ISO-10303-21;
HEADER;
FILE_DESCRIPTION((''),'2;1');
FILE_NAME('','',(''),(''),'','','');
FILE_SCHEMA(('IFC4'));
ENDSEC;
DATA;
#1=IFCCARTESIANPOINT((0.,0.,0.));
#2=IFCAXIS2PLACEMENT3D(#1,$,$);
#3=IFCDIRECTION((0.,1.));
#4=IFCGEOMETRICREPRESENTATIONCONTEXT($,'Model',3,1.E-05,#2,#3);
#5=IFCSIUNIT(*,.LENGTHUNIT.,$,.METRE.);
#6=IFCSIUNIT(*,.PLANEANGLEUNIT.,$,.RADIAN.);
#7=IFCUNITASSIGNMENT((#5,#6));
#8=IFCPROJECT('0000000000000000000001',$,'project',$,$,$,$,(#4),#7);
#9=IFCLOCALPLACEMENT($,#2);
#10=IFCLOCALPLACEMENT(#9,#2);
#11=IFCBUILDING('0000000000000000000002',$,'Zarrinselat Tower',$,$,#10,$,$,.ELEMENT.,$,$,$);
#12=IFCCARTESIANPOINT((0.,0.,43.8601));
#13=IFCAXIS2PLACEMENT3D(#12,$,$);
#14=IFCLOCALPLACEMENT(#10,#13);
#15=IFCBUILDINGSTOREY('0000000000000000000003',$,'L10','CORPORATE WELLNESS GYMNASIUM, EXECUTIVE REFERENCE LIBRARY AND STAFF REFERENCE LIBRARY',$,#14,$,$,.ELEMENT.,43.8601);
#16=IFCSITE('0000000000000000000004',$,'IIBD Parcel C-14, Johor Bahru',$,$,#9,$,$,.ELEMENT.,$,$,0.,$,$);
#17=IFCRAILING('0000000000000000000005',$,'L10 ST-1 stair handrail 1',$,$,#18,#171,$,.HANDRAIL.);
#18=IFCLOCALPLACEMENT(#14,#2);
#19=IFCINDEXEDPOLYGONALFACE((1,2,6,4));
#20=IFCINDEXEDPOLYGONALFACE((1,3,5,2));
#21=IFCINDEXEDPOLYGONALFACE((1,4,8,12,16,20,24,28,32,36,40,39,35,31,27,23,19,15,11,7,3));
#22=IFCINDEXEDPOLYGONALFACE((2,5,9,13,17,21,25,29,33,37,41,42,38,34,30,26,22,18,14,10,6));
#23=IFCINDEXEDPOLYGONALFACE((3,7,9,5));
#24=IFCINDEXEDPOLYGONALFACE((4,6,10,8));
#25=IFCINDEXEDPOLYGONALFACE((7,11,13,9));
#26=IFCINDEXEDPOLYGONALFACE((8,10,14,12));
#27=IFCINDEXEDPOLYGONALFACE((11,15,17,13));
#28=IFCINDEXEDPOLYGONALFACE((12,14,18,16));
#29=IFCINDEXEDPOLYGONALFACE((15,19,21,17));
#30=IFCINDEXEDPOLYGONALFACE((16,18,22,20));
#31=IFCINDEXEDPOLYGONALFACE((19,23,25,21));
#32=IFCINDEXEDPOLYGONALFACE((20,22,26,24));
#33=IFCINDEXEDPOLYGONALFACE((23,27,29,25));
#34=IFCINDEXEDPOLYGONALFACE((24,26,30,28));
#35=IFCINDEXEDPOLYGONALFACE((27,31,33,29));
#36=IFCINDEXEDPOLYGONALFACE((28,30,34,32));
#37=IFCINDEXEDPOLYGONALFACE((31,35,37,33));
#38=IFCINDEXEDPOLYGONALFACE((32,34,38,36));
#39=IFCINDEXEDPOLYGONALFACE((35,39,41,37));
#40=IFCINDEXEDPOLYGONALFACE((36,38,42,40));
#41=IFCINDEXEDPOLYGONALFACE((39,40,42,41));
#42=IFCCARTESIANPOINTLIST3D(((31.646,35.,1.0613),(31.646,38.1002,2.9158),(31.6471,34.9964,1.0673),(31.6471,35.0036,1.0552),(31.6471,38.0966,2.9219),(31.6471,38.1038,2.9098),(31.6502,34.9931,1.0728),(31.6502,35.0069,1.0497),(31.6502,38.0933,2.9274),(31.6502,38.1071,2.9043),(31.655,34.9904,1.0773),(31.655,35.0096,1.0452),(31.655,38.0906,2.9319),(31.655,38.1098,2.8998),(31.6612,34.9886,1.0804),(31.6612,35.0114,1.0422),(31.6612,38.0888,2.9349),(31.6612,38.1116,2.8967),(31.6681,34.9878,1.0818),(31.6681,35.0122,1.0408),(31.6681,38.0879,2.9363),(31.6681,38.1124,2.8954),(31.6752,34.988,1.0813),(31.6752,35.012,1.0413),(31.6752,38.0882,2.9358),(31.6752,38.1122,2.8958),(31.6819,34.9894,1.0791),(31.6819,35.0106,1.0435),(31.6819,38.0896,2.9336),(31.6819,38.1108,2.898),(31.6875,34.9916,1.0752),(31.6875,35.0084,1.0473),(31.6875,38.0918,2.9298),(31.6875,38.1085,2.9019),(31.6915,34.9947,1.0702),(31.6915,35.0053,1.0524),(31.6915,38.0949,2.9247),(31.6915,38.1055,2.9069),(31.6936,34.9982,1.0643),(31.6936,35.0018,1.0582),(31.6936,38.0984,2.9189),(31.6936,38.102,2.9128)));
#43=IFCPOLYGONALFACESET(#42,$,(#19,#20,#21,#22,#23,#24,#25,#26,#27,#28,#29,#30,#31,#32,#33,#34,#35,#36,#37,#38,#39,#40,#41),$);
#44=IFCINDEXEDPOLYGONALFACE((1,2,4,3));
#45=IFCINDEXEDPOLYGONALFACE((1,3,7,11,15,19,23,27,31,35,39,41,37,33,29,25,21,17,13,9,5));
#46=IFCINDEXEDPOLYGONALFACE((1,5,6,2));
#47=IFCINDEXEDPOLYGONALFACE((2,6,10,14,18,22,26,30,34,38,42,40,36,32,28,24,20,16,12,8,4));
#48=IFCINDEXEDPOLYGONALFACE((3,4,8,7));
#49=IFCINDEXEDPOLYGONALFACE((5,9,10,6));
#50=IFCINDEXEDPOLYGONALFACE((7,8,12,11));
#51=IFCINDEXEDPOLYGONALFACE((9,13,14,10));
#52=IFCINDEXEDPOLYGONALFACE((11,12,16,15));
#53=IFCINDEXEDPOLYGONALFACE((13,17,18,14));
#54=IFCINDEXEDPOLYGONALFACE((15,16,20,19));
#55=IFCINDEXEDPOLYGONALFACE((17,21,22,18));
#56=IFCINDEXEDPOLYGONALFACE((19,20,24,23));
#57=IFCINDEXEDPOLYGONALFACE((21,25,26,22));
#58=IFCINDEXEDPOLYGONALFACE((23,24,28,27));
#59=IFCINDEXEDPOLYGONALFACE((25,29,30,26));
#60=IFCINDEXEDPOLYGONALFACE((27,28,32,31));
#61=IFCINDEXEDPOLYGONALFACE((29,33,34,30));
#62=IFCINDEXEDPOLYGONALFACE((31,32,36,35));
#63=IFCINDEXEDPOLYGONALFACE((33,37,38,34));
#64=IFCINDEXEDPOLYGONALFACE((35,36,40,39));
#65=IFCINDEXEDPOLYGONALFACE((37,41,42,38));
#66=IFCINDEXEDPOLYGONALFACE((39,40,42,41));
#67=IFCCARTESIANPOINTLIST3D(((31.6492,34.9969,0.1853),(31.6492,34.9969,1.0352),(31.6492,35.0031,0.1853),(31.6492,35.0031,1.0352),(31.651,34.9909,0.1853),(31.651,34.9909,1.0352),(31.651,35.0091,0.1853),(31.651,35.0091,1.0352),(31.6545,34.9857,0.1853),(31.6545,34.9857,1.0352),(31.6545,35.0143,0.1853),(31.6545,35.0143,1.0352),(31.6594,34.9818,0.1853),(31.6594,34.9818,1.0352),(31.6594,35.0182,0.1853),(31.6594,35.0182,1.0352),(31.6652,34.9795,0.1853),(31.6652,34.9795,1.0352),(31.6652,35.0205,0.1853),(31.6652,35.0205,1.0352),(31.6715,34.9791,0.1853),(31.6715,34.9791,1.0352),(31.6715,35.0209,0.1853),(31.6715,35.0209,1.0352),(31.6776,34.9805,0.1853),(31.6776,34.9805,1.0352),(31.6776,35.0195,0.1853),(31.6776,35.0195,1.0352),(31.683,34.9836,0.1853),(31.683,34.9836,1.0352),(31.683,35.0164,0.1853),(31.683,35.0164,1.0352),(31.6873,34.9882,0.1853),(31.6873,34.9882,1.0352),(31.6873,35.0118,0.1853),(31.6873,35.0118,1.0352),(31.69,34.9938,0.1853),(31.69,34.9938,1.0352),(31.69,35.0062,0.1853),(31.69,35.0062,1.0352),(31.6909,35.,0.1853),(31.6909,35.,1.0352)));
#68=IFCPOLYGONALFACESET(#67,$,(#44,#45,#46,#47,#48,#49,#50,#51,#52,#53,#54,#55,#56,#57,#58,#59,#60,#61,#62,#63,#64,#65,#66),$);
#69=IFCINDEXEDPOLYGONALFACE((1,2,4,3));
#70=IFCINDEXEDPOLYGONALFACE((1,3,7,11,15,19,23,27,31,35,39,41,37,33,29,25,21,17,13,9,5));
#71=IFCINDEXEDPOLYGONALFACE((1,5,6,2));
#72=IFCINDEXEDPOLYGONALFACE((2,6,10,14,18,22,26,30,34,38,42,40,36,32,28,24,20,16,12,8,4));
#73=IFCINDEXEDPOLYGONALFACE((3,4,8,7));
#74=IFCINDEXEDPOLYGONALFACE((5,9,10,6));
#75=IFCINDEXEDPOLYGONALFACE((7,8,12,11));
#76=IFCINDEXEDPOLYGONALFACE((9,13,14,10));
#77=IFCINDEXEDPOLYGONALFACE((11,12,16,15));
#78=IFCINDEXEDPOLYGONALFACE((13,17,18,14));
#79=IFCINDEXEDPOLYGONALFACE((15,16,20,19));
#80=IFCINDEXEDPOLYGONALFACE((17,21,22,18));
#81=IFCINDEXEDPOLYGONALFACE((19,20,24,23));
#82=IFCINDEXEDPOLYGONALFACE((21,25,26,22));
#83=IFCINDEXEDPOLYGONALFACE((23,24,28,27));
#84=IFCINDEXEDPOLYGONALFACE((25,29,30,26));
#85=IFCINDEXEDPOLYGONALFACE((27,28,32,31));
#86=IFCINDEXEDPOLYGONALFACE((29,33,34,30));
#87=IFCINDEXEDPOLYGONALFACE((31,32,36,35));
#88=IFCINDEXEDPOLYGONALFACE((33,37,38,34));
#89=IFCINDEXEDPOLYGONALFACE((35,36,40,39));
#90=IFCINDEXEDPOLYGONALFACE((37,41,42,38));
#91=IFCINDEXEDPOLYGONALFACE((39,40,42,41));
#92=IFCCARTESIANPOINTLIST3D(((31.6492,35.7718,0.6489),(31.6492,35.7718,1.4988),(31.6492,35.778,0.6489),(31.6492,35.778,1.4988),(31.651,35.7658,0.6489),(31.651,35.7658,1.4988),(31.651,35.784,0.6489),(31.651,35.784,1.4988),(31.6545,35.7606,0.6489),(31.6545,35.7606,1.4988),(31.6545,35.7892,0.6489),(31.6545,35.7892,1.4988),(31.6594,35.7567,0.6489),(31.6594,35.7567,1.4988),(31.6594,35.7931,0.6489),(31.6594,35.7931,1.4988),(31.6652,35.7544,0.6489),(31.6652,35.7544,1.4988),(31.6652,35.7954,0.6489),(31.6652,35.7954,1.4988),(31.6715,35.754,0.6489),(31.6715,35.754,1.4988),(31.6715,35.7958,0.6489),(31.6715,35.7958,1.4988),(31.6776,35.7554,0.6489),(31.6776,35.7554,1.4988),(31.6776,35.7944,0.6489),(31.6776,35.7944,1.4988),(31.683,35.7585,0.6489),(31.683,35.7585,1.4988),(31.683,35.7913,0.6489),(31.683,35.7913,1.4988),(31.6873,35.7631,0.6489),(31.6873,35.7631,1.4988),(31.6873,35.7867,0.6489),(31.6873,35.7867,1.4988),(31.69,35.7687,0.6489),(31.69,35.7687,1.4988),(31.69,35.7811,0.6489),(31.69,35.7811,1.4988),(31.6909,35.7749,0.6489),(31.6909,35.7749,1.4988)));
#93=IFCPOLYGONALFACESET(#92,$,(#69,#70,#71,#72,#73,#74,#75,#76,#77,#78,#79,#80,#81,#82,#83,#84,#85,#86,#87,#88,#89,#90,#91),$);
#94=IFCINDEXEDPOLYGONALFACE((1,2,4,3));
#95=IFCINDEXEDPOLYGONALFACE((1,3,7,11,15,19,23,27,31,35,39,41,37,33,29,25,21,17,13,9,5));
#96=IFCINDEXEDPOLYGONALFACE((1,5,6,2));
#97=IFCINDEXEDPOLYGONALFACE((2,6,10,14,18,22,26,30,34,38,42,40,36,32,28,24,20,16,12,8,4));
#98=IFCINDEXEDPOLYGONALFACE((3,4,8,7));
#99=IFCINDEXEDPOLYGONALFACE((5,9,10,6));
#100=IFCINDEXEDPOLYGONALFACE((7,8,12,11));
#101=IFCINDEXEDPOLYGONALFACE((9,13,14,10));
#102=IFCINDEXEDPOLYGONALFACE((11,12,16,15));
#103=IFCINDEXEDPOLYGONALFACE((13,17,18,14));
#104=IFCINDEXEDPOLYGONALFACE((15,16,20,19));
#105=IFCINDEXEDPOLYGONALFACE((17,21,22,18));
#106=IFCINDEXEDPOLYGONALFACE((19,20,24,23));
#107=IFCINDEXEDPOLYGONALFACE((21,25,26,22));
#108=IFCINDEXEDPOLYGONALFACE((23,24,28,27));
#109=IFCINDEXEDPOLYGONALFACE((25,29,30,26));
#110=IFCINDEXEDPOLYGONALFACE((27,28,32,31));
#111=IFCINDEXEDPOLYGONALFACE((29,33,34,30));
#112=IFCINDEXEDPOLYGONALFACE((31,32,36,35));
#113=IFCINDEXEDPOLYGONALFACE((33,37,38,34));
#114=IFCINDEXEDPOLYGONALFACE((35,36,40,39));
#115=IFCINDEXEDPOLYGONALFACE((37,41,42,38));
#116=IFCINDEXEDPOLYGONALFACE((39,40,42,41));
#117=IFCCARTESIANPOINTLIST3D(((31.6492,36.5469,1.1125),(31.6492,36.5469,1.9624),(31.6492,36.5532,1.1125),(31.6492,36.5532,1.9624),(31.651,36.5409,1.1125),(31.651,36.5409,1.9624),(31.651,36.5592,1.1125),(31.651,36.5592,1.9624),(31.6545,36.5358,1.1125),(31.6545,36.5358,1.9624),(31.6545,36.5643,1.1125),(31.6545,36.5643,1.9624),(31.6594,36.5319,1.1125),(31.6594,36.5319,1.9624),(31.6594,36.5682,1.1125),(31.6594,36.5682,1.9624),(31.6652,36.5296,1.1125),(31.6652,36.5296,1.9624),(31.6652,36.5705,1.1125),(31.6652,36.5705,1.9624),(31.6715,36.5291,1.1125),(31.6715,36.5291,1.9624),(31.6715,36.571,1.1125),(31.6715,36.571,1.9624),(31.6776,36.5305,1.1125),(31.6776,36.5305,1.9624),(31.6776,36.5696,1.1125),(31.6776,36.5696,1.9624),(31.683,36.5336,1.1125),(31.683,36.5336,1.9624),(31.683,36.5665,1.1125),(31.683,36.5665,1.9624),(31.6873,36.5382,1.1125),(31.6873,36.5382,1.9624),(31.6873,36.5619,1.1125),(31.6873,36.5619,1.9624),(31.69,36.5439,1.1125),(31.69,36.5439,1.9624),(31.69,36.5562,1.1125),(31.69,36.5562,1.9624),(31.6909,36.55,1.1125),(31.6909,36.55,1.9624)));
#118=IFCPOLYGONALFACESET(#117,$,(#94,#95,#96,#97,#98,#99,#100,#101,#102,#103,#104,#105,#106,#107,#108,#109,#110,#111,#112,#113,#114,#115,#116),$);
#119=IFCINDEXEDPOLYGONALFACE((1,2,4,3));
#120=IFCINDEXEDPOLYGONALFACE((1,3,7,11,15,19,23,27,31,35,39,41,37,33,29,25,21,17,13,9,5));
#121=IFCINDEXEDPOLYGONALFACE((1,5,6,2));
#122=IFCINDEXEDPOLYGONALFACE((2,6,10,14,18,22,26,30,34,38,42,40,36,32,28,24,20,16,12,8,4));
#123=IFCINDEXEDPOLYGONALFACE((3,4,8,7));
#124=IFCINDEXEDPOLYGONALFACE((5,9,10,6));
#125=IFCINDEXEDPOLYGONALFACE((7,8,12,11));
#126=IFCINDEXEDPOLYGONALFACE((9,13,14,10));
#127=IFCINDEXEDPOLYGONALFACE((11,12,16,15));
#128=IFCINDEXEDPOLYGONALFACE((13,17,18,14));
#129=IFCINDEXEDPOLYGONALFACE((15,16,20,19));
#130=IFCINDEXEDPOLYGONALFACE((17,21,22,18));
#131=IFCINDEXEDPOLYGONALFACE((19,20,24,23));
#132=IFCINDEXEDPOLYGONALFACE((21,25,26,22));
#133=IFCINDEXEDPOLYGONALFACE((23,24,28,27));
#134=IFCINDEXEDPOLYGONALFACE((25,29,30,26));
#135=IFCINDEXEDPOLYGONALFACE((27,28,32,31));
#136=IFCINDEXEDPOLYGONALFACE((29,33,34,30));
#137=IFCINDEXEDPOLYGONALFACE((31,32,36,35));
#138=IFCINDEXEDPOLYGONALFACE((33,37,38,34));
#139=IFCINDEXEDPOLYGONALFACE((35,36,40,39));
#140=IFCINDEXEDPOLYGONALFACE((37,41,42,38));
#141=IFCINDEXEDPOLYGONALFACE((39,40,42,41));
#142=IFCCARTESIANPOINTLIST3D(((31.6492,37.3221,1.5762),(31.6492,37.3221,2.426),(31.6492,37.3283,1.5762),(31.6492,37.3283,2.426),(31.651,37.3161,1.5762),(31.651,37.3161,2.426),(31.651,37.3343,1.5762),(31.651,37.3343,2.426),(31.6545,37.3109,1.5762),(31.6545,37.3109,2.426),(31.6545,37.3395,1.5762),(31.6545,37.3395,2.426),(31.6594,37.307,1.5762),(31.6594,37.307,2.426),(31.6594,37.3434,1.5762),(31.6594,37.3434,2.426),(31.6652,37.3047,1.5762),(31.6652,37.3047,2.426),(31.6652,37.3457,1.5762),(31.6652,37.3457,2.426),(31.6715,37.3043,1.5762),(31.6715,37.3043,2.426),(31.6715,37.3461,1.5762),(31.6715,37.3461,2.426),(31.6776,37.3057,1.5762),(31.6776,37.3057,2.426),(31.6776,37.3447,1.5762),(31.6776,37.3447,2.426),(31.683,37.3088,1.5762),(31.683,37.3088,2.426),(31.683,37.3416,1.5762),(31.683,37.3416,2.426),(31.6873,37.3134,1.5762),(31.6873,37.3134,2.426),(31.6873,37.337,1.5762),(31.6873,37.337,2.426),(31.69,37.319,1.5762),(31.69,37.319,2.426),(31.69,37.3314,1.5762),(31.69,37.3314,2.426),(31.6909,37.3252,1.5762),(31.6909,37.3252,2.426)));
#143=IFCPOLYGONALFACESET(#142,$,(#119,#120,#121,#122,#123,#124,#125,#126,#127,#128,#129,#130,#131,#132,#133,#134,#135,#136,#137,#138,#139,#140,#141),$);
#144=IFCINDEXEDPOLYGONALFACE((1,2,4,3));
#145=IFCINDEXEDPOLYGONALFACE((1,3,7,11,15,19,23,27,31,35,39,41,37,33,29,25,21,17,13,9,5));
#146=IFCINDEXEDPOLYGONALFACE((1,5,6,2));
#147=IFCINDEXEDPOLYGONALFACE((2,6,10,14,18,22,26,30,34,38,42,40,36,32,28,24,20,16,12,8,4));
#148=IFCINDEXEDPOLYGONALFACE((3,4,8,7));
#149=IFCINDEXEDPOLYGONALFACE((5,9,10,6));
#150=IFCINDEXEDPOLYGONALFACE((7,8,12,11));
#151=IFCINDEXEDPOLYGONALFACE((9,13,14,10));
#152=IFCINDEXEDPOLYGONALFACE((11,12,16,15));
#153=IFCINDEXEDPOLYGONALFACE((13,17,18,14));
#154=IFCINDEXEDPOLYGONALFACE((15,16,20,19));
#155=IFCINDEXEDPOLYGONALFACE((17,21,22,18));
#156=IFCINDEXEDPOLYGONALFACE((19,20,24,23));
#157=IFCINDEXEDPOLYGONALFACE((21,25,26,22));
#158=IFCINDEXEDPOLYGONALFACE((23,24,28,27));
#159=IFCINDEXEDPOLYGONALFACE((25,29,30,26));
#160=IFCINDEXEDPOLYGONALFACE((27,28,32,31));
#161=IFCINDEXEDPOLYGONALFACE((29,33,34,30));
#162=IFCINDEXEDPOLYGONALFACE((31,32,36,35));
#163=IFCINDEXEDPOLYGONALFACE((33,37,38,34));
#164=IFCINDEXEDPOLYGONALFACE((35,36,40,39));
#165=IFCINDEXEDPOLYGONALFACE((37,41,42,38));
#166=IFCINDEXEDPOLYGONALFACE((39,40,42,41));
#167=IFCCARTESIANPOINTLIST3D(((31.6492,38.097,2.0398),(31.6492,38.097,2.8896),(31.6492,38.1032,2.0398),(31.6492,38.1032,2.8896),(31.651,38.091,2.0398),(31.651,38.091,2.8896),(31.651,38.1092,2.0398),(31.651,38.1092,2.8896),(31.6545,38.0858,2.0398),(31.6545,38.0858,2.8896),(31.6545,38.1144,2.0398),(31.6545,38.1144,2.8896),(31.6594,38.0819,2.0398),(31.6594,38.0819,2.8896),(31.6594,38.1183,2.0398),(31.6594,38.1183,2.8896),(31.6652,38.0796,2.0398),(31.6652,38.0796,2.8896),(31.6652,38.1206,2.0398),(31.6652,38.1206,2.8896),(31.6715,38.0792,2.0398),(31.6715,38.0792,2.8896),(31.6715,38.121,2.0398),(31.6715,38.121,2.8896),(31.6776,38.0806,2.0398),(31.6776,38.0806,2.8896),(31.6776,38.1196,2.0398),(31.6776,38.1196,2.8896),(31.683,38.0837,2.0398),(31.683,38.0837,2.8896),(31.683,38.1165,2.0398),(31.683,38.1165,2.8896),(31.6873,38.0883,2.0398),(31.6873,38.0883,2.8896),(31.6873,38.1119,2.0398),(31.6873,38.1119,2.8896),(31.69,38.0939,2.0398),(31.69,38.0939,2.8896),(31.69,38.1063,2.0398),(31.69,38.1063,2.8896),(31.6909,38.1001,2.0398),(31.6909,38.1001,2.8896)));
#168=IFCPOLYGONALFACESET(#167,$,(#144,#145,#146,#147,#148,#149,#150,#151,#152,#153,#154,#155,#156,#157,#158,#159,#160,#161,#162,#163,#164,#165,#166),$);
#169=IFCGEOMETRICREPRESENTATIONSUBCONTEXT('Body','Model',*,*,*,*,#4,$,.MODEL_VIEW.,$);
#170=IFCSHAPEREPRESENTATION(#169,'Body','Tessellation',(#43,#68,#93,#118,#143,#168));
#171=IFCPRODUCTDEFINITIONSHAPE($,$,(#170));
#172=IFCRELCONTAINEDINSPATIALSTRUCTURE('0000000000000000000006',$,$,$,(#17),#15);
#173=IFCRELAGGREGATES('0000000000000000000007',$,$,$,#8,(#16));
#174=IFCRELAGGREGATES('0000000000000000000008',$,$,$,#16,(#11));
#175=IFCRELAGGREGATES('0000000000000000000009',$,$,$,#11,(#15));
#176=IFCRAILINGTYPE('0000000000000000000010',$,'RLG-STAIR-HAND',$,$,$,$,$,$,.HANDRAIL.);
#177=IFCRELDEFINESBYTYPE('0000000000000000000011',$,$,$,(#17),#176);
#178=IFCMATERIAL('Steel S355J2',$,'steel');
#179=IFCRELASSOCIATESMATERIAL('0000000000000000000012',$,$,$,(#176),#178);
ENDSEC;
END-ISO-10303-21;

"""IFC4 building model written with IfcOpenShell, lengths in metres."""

from ifc_helpers import new_model, si_unit, direction, frame, origin, origin_2d, place, context, subcontext, project, spatial, circle, extrude, material, type_object, element, save


model = new_model("IFC4")

# Units and contexts
model_context = context("Model", 3, precision=1e-05, world=origin(), true_north=direction((0.0, 1.0)))
body_context = subcontext(model_context, "Body", "Model", "MODEL_VIEW")
ifc_project = project(units=[si_unit("LENGTHUNIT", "METRE"), si_unit("PLANEANGLEUNIT", "RADIAN")], contexts=[model_context])

# Site, building, storey
site_placement = place(None, origin())
site = spatial("IfcSite", under=ifc_project, at=site_placement, Name="IIBD Parcel C-14, Johor Bahru", CompositionType="ELEMENT", RefElevation=0.0)
building_placement = place(site_placement, origin())
building = spatial("IfcBuilding", under=site, at=building_placement, Name="Zarrinselat Tower", CompositionType="ELEMENT")
storey_placement = place(building_placement, frame((0.0, 0.0, 43.8601)))
storey = spatial("IfcBuildingStorey", under=building, at=storey_placement, Name="L10", Description="CORPORATE WELLNESS GYMNASIUM, EXECUTIVE REFERENCE LIBRARY AND STAFF REFERENCE LIBRARY", CompositionType="ELEMENT", Elevation=43.8601)

# Railing
ifc_material_1 = material(Name="Steel S355J2", Category="steel")
railing_type_1 = type_object("IfcRailingType", Name="RLG-STAIR-HAND", PredefinedType="HANDRAIL", material=ifc_material_1)
railing_1_placement = place(storey_placement, frame((31.6699, 35.0, 0.1853)))
element("IfcRailing", 1, at=railing_1_placement, inside=storey, type_object=railing_type_1, Name="L10 ST-1 stair handrail 1", PredefinedType="HANDRAIL", context=body_context, shape_type="SweptSolid", body=[
    extrude(circle(Radius=0.0239, at=origin_2d()), frame((0.0, 0.0, 0.876), z_axis=(0.0, 0.858172, 0.513362), x_axis=(-1.0, 0.0, 0.0)), (0.0, 0.0, 1.0), 3.6125),
    extrude(circle(Radius=0.021, at=origin_2d()), origin(), (0.0, 0.0, 1.0), 0.8499),
    extrude(circle(Radius=0.021, at=origin_2d()), frame((0.0, 0.7749, 0.4636)), (0.0, 0.0, 1.0), 0.8499),
    extrude(circle(Radius=0.021, at=origin_2d()), frame((0.0, 1.55, 0.9272)), (0.0, 0.0, 1.0), 0.8499),
    extrude(circle(Radius=0.021, at=origin_2d()), frame((0.0, 2.3252, 1.3909)), (0.0, 0.0, 1.0), 0.8499),
    extrude(circle(Radius=0.021, at=origin_2d()), frame((0.0, 3.1001, 1.8545)), (0.0, 0.0, 1.0), 0.8499),
])

save(model, "model.ifc")
